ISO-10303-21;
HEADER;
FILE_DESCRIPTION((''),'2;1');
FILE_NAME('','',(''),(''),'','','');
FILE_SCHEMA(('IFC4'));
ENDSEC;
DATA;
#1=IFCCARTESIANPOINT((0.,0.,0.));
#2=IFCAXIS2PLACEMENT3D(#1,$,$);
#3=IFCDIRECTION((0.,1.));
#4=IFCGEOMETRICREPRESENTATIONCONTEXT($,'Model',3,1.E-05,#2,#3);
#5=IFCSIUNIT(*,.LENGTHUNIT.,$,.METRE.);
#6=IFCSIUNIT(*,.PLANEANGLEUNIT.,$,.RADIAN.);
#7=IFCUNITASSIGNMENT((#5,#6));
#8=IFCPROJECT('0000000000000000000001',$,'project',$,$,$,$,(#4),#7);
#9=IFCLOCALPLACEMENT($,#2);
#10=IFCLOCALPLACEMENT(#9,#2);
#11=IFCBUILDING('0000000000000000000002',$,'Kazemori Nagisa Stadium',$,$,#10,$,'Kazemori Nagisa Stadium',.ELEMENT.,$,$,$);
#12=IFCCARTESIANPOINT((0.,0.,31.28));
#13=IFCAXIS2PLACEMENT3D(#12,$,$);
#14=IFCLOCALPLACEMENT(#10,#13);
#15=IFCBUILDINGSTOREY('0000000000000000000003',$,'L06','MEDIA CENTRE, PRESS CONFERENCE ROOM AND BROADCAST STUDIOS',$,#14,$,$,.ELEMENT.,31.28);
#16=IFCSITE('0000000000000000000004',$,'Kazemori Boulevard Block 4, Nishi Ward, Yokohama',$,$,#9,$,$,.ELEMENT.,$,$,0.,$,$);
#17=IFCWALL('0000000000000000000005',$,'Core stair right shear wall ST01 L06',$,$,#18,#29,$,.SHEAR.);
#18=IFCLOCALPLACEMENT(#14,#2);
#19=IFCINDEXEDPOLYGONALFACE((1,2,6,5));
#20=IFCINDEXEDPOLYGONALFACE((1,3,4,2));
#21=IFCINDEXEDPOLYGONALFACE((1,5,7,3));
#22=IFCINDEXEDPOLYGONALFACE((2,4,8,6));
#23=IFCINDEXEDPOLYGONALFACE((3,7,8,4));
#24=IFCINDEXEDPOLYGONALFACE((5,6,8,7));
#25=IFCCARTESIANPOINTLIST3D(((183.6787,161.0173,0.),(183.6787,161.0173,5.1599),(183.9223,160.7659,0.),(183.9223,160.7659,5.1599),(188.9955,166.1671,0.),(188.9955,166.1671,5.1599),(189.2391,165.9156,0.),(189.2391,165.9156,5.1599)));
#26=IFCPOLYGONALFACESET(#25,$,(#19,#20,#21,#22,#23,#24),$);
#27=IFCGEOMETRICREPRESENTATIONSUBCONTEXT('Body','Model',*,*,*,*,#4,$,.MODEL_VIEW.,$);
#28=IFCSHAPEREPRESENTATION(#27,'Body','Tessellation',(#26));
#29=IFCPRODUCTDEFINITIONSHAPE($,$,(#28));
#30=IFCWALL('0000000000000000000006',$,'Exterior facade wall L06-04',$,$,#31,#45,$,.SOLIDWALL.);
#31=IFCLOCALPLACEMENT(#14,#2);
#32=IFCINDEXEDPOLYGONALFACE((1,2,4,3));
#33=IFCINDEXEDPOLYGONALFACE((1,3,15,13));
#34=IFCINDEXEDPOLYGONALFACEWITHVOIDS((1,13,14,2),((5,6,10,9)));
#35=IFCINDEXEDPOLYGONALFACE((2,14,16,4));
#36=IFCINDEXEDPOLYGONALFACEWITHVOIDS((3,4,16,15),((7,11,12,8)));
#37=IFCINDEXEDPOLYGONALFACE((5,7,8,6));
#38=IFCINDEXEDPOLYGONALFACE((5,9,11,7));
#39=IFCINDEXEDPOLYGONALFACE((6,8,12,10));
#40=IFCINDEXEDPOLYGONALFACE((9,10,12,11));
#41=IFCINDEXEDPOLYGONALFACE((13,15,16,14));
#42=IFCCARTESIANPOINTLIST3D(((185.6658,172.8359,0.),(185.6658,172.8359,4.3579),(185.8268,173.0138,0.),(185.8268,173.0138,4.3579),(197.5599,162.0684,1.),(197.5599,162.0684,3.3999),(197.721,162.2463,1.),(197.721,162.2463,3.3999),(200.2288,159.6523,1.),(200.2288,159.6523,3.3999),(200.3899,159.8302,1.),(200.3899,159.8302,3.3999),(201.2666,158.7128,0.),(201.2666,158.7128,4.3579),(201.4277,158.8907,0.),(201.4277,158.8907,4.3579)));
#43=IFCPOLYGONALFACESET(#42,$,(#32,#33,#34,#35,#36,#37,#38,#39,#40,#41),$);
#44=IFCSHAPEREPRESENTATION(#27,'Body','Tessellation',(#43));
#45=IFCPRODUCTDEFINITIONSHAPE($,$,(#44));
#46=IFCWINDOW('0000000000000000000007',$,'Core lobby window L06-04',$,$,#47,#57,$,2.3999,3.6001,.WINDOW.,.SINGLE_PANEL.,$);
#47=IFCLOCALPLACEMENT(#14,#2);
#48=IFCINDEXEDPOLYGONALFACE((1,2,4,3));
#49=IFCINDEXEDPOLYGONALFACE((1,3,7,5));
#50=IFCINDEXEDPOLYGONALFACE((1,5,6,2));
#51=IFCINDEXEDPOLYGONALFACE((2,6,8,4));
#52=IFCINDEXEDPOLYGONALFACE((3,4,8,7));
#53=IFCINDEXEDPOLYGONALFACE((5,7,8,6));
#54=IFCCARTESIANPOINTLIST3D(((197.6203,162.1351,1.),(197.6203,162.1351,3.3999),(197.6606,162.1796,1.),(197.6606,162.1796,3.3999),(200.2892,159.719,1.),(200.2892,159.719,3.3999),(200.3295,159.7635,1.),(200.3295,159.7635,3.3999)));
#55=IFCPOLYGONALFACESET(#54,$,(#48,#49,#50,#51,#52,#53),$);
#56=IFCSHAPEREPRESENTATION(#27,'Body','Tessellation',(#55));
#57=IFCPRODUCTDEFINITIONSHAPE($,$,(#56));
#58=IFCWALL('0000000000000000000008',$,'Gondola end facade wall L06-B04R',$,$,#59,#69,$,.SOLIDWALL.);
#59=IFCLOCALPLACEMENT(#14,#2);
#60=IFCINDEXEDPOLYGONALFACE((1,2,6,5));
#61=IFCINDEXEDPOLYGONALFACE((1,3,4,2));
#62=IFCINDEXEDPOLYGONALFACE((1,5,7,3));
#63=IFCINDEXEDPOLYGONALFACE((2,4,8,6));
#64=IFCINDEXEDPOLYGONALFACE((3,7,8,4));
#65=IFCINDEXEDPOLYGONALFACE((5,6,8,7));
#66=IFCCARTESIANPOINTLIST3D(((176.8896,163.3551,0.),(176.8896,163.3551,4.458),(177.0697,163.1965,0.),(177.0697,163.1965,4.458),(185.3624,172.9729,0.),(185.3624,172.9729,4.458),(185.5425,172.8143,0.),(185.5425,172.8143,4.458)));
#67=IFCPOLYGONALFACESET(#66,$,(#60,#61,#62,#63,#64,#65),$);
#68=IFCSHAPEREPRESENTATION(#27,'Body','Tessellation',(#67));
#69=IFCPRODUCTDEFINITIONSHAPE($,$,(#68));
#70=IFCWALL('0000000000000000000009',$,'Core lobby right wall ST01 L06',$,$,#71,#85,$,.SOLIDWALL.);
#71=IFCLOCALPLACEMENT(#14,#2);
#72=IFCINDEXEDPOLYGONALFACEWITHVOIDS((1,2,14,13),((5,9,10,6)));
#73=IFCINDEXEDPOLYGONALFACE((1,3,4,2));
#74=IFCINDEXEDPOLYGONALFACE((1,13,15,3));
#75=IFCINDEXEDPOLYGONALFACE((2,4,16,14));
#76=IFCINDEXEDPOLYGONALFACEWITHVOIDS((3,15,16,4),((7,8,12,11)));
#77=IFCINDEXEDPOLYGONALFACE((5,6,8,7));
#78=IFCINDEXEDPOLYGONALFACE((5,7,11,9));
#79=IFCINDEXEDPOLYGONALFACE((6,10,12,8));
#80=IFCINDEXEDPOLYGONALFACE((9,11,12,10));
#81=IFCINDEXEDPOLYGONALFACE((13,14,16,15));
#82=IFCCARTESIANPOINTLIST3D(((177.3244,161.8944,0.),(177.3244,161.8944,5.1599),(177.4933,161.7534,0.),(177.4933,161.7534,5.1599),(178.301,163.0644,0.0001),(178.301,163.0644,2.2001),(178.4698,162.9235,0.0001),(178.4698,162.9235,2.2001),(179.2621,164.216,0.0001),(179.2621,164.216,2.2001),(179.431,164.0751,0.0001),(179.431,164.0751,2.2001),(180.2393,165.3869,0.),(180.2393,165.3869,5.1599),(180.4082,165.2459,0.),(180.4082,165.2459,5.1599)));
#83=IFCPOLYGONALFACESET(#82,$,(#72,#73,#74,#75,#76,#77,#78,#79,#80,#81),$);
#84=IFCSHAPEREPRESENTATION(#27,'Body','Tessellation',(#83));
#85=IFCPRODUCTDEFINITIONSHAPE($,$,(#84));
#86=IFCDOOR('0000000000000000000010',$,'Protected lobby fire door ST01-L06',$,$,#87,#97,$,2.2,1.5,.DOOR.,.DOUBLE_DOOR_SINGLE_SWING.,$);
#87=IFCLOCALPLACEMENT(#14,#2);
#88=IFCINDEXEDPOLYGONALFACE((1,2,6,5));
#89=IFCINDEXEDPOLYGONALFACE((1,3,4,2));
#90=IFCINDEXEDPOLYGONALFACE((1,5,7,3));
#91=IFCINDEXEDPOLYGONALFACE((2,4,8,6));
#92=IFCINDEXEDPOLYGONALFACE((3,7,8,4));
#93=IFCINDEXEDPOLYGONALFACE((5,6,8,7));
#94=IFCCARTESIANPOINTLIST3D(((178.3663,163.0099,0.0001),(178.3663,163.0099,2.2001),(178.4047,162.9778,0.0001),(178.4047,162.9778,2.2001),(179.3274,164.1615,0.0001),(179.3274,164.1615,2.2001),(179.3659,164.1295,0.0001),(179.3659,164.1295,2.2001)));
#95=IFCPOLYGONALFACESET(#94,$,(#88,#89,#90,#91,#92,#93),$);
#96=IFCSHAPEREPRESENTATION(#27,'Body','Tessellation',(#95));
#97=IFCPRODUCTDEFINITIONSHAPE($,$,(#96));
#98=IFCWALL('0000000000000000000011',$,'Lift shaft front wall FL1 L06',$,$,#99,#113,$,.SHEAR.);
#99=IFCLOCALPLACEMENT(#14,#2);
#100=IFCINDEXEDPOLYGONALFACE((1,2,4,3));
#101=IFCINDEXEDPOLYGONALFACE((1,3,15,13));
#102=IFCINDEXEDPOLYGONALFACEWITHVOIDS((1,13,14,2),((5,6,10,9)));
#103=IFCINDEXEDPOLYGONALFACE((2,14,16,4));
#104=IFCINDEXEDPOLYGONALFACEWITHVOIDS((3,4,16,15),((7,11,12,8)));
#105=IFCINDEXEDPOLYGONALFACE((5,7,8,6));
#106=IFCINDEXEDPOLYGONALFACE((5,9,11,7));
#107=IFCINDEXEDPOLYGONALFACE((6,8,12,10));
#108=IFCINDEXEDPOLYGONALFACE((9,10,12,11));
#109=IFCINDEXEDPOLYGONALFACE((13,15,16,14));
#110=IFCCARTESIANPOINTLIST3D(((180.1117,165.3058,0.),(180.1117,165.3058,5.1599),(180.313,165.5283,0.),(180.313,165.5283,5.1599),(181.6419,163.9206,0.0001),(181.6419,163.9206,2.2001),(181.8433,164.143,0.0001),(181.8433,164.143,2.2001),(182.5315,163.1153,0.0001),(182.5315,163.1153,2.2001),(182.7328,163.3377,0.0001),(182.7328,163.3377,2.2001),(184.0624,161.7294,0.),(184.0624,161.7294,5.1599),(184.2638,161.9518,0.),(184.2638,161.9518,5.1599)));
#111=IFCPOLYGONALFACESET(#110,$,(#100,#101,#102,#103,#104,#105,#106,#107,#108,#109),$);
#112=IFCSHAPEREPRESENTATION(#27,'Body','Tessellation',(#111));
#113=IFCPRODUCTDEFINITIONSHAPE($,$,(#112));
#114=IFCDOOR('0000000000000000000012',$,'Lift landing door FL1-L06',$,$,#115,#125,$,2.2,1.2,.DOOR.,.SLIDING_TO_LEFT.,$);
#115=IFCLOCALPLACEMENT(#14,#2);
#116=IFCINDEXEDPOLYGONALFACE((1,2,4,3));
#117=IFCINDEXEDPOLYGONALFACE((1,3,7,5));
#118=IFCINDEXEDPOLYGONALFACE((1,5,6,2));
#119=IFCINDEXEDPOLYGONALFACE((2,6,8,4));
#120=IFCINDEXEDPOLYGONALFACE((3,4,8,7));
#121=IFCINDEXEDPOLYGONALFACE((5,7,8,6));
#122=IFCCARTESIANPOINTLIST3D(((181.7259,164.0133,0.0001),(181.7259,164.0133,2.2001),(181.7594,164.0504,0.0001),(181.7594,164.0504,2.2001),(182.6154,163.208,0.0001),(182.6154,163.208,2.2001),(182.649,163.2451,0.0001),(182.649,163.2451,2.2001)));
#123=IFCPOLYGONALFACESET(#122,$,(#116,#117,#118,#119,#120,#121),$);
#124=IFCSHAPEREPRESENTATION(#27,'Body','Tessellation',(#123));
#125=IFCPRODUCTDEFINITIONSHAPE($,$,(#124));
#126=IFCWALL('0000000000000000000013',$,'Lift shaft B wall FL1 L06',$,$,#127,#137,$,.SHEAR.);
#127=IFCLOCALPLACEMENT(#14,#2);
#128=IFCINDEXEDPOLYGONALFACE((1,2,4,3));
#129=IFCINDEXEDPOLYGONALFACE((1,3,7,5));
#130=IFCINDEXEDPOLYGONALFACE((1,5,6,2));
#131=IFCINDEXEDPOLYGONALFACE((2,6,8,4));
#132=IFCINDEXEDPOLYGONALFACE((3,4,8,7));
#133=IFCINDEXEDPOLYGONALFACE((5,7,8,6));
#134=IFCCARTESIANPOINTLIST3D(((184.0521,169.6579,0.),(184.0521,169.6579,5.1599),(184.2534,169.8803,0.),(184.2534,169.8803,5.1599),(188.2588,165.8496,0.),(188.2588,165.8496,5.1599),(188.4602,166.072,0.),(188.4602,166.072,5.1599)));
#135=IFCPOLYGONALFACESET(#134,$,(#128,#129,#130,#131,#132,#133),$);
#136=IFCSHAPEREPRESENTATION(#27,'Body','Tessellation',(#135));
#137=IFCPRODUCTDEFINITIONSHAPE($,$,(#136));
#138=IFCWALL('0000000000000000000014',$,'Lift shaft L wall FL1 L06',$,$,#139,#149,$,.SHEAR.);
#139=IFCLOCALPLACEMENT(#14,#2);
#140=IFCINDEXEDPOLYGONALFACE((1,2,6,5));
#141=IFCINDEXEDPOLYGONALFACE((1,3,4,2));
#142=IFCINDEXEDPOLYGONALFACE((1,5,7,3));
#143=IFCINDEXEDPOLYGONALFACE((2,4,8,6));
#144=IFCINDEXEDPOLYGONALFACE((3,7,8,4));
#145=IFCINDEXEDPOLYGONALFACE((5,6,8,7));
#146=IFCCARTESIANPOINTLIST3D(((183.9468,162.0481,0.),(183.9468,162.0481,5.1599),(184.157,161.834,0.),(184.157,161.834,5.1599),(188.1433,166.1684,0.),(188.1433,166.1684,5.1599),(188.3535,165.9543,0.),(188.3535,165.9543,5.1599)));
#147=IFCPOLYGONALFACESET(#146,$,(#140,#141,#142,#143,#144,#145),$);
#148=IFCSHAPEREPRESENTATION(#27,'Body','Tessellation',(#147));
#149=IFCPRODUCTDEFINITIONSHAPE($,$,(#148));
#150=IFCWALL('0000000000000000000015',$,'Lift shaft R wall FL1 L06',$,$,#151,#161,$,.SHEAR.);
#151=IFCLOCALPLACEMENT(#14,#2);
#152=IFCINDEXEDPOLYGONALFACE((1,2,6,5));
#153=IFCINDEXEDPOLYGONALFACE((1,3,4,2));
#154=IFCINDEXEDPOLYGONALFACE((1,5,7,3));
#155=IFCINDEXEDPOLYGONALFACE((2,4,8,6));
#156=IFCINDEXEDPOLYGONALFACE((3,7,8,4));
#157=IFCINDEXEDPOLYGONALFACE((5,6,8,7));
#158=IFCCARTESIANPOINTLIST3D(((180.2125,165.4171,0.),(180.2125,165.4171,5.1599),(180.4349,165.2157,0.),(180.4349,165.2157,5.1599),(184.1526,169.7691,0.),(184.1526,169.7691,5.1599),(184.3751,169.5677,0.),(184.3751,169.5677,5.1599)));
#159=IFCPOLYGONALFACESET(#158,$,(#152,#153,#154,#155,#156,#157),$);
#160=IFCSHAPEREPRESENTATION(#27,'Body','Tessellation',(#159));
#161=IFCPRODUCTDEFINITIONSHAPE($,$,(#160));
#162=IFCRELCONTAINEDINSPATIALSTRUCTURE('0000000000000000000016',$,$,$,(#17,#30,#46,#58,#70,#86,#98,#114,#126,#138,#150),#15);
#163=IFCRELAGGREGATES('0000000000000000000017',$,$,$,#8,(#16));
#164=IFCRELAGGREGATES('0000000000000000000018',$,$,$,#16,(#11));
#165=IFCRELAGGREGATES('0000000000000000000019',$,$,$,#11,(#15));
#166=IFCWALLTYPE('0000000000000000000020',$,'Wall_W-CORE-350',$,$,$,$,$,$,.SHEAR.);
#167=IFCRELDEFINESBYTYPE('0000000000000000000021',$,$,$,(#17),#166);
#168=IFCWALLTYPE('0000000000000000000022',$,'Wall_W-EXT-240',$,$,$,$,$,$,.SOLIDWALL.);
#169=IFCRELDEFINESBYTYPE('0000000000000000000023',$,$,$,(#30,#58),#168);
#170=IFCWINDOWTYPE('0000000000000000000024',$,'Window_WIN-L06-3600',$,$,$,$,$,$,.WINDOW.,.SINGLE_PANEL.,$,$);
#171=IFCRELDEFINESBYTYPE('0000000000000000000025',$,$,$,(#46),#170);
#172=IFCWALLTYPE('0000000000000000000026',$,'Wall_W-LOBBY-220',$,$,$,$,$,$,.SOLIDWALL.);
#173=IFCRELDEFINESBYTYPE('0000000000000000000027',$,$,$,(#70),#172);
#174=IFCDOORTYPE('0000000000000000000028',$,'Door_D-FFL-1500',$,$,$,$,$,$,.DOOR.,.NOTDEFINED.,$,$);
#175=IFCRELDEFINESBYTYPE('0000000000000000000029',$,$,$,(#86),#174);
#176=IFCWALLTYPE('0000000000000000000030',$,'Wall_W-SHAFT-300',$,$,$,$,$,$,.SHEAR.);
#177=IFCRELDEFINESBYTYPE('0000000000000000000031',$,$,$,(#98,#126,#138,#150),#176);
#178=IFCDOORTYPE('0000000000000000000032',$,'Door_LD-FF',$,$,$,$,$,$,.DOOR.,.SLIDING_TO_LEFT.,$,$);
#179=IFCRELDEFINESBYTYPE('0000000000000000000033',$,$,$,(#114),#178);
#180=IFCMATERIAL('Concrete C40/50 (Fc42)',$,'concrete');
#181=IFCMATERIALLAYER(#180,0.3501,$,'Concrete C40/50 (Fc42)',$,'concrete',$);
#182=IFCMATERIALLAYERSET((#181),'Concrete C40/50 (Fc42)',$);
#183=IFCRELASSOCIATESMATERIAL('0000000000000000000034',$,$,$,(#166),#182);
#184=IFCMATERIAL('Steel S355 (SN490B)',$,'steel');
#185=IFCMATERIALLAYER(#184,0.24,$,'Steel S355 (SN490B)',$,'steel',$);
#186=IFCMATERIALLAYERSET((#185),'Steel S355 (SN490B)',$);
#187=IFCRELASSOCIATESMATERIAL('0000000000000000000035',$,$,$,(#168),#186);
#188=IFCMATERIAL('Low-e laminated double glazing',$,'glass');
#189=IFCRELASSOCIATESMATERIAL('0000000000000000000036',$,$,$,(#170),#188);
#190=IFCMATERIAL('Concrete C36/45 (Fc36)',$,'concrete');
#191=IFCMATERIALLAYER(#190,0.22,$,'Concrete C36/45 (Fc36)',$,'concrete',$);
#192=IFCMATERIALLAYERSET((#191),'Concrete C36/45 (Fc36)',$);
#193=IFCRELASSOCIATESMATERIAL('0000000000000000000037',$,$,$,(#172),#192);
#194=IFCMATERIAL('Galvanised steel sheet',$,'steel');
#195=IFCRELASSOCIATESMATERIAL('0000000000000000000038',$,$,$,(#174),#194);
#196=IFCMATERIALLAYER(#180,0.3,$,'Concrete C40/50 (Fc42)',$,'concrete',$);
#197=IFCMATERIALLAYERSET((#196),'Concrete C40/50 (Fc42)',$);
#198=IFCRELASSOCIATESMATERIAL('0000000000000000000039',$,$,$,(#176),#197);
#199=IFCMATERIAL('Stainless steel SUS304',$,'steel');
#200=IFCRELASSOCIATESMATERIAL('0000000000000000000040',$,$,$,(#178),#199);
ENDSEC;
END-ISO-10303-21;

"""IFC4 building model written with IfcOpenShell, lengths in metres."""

from ifc_helpers import new_model, si_unit, direction, frame, frame_2d, origin, place, context, subcontext, project, spatial, rectangle, extrude, material, layer, layer_set, type_object, element, fill, save


model = new_model("IFC4")

# Units and contexts
model_context = context("Model", 3, precision=1e-05, world=origin(), true_north=direction((0.0, 1.0)))
body_context = subcontext(model_context, "Body", "Model", "MODEL_VIEW")
ifc_project = project(units=[si_unit("LENGTHUNIT", "METRE"), si_unit("PLANEANGLEUNIT", "RADIAN")], contexts=[model_context])

# Site, building, storey
site_placement = place(None, origin())
site = spatial("IfcSite", under=ifc_project, at=site_placement, Name="Kazemori Boulevard Block 4, Nishi Ward, Yokohama", CompositionType="ELEMENT", RefElevation=0.0)
building_placement = place(site_placement, origin())
building = spatial("IfcBuilding", under=site, at=building_placement, Name="Kazemori Nagisa Stadium", LongName="Kazemori Nagisa Stadium", CompositionType="ELEMENT")
storey_placement = place(building_placement, frame((0.0, 0.0, 31.28)))
storey = spatial("IfcBuildingStorey", under=building, at=storey_placement, Name="L06", Description="MEDIA CENTRE, PRESS CONFERENCE ROOM AND BROADCAST STUDIOS", CompositionType="ELEMENT", Elevation=31.28)

# Shared definitions
ifc_material_1 = material(Name="Concrete C40/50 (Fc42)", Category="concrete")

# Wall
ifc_layer_1 = layer(ifc_material_1, 0.3501, Name="Concrete C40/50 (Fc42)", Category="concrete")
ifc_layer_set_1 = layer_set([ifc_layer_1], Name="Concrete C40/50 (Fc42)")
wall_type_1 = type_object("IfcWallType", Name="Wall_W-CORE-350", PredefinedType="SHEAR", material=ifc_layer_set_1)
wall_1_placement = place(storey_placement, frame((183.8005, 160.8916, 0.0), z_axis=(0.0, 0.0, 1.0), x_axis=(0.718297, 0.695736, 0.0)))
element("IfcWall", 1, at=wall_1_placement, inside=storey, type_object=wall_type_1, Name="Core stair right shear wall ST01 L06", PredefinedType="SHEAR", context=body_context, shape_type="SweptSolid", body=[
    extrude(rectangle(XDim=7.4019, YDim=0.3501, at=frame_2d((3.7009, 0.0))), origin(), (0.0, 0.0, 1.0), 5.1599),
])

# Wall, opening, window
ifc_material_2 = material(Name="Steel S355 (SN490B)", Category="steel")
ifc_layer_2 = layer(ifc_material_2, 0.24, Name="Steel S355 (SN490B)", Category="steel")
ifc_layer_set_2 = layer_set([ifc_layer_2], Name="Steel S355 (SN490B)")
wall_type_2 = type_object("IfcWallType", Name="Wall_W-EXT-240", PredefinedType="SOLIDWALL", material=ifc_layer_set_2)
wall_2_placement = place(storey_placement, frame((201.3472, 158.8018, 0.0), z_axis=(0.0, 0.0, 1.0), x_axis=(-0.741346, 0.671123, 0.0)))
wall_2 = element("IfcWall", 2, at=wall_2_placement, inside=storey, type_object=wall_type_2, Name="Exterior facade wall L06-04", PredefinedType="SOLIDWALL", context=body_context, shape_type="SweptSolid", body=[
    extrude(rectangle(XDim=21.0439, YDim=0.24, at=frame_2d((10.522, 0.0))), origin(), (0.0, 0.0, 1.0), 4.3579),
])
opening_1_placement = place(wall_2_placement, frame((1.3999, 0.0, 1.0)))
opening_1 = element("IfcOpeningElement", 3, at=opening_1_placement, cuts=wall_2, PredefinedType="OPENING", context=body_context, shape_type="SweptSolid", body=[
    extrude(rectangle(XDim=3.6001, YDim=2.3999, at=frame_2d((1.8, 1.2))), frame((0.0, 0.1299, 0.0), z_axis=(0.0, -1.0, 0.0), x_axis=(1.0, 0.0, 0.0)), (0.0, 0.0, 1.0), 0.26),
])
ifc_material_3 = material(Name="Low-e laminated double glazing", Category="glass")
window_type = type_object("IfcWindowType", Name="Window_WIN-L06-3600", PartitioningType="SINGLE_PANEL", PredefinedType="WINDOW", material=ifc_material_3)
window_placement = place(opening_1_placement, origin())
window = element("IfcWindow", 4, at=window_placement, inside=storey, type_object=window_type, Name="Core lobby window L06-04", OverallHeight=2.3999, OverallWidth=3.6001, PartitioningType="SINGLE_PANEL", PredefinedType="WINDOW", context=body_context, shape_type="SweptSolid", body=[
    extrude(rectangle(XDim=3.6001, YDim=2.3999, at=frame_2d((1.8, 1.2))), frame((0.0, 0.03, 0.0), z_axis=(0.0, -1.0, 0.0), x_axis=(1.0, 0.0, 0.0)), (0.0, 0.0, 1.0), 0.0601),
])
fill(opening_1, window)

# Wall
wall_3_placement = place(storey_placement, frame((176.9797, 163.2759, 0.0), z_axis=(0.0, 0.0, 1.0), x_axis=(0.661029, 0.75036, 0.0)))
element("IfcWall", 5, at=wall_3_placement, inside=storey, type_object=wall_type_2, Name="Gondola end facade wall L06-B04R", PredefinedType="SOLIDWALL", context=body_context, shape_type="SweptSolid", body=[
    extrude(rectangle(XDim=12.8176, YDim=0.24, at=frame_2d((6.4087, 0.0))), origin(), (0.0, 0.0, 1.0), 4.458),
])

# Walls, openings, doors
ifc_material_4 = material(Name="Concrete C36/45 (Fc36)", Category="concrete")
ifc_layer_3 = layer(ifc_material_4, 0.22, Name="Concrete C36/45 (Fc36)", Category="concrete")
ifc_layer_set_3 = layer_set([ifc_layer_3], Name="Concrete C36/45 (Fc36)")
wall_type_3 = type_object("IfcWallType", Name="Wall_W-LOBBY-220", PredefinedType="SOLIDWALL", material=ifc_layer_set_3)
wall_4_placement = place(storey_placement, frame((177.4089, 161.824, 0.0), z_axis=(0.0, 0.0, 1.0), x_axis=(0.64076, 0.767742, 0.0)))
wall_4 = element("IfcWall", 6, at=wall_4_placement, inside=storey, type_object=wall_type_3, Name="Core lobby right wall ST01 L06", PredefinedType="SOLIDWALL", context=body_context, shape_type="SweptSolid", body=[
    extrude(rectangle(XDim=4.5491, YDim=0.22, at=frame_2d((2.2744, 0.0))), origin(), (0.0, 0.0, 1.0), 5.1599),
])
opening_2_placement = place(wall_4_placement, frame((1.5239, 0.0, 0.0)))
opening_2 = element("IfcOpeningElement", 7, at=opening_2_placement, cuts=wall_4, PredefinedType="OPENING", context=body_context, shape_type="SweptSolid", body=[
    extrude(rectangle(XDim=1.5, YDim=2.2, at=frame_2d((0.75, 1.1001))), frame((0.0, 0.1199, 0.0), z_axis=(0.0, -1.0, 0.0), x_axis=(1.0, 0.0, 0.0)), (0.0, 0.0, 1.0), 0.24),
])
ifc_material_5 = material(Name="Galvanised steel sheet", Category="steel")
door_type_1 = type_object("IfcDoorType", Name="Door_D-FFL-1500", OperationType="NOTDEFINED", PredefinedType="DOOR", material=ifc_material_5)
door_1_placement = place(opening_2_placement, origin())
door_1 = element("IfcDoor", 8, at=door_1_placement, inside=storey, type_object=door_type_1, Name="Protected lobby fire door ST01-L06", OperationType="DOUBLE_DOOR_SINGLE_SWING", OverallHeight=2.2, OverallWidth=1.5, PredefinedType="DOOR", context=body_context, shape_type="SweptSolid", body=[
    extrude(rectangle(XDim=1.5, YDim=2.2, at=frame_2d((0.75, 1.1001))), frame((0.0, 0.0249, 0.0), z_axis=(0.0, -1.0, 0.0), x_axis=(1.0, 0.0, 0.0)), (0.0, 0.0, 1.0), 0.05),
])
fill(opening_2, door_1)
ifc_layer_4 = layer(ifc_material_1, 0.3, Name="Concrete C40/50 (Fc42)", Category="concrete")
ifc_layer_set_4 = layer_set([ifc_layer_4], Name="Concrete C40/50 (Fc42)")
wall_type_4 = type_object("IfcWallType", Name="Wall_W-SHAFT-300", PredefinedType="SHEAR", material=ifc_layer_set_4)
wall_5_placement = place(storey_placement, frame((184.1631, 161.8406, 0.0), z_axis=(0.0, 0.0, 1.0), x_axis=(-0.74135, 0.671118, 0.0)))
wall_5 = element("IfcWall", 9, at=wall_5_placement, inside=storey, type_object=wall_type_4, Name="Lift shaft front wall FL1 L06", PredefinedType="SHEAR", context=body_context, shape_type="SweptSolid", body=[
    extrude(rectangle(XDim=5.3291, YDim=0.3, at=frame_2d((2.6646, 0.0))), origin(), (0.0, 0.0, 1.0), 5.1599),
])
opening_3_placement = place(wall_5_placement, frame((2.0649, 0.0, 0.0)))
opening_3 = element("IfcOpeningElement", 10, at=opening_3_placement, cuts=wall_5, PredefinedType="OPENING", context=body_context, shape_type="SweptSolid", body=[
    extrude(rectangle(XDim=1.2, YDim=2.2, at=frame_2d((0.6001, 1.1001))), frame((0.0, 0.1599, 0.0), z_axis=(0.0, -1.0, 0.0), x_axis=(1.0, 0.0, 0.0)), (0.0, 0.0, 1.0), 0.3201),
])
ifc_material_6 = material(Name="Stainless steel SUS304", Category="steel")
door_type_2 = type_object("IfcDoorType", Name="Door_LD-FF", OperationType="SLIDING_TO_LEFT", PredefinedType="DOOR", material=ifc_material_6)
door_2_placement = place(opening_3_placement, origin())
door_2 = element("IfcDoor", 11, at=door_2_placement, inside=storey, type_object=door_type_2, Name="Lift landing door FL1-L06", OperationType="SLIDING_TO_LEFT", OverallHeight=2.2, OverallWidth=1.2, PredefinedType="DOOR", context=body_context, shape_type="SweptSolid", body=[
    extrude(rectangle(XDim=1.2, YDim=2.2, at=frame_2d((0.6001, 1.1001))), frame((0.0, 0.0249, 0.0), z_axis=(0.0, -1.0, 0.0), x_axis=(1.0, 0.0, 0.0)), (0.0, 0.0, 1.0), 0.05),
])
fill(opening_3, door_2)

# Walls
wall_6_placement = place(storey_placement, frame((188.3596, 165.9607, 0.0), z_axis=(0.0, 0.0, 1.0), x_axis=(-0.741342, 0.671127, 0.0)))
element("IfcWall", 12, at=wall_6_placement, inside=storey, type_object=wall_type_4, Name="Lift shaft B wall FL1 L06", PredefinedType="SHEAR", context=body_context, shape_type="SweptSolid", body=[
    extrude(rectangle(XDim=5.6746, YDim=0.3, at=frame_2d((2.8374, 0.0))), origin(), (0.0, 0.0, 1.0), 5.1599),
])
wall_7_placement = place(storey_placement, frame((184.052, 161.9412, 0.0), z_axis=(0.0, 0.0, 1.0), x_axis=(0.713553, 0.700601, 0.0)))
element("IfcWall", 13, at=wall_7_placement, inside=storey, type_object=wall_type_4, Name="Lift shaft L wall FL1 L06", PredefinedType="SHEAR", context=body_context, shape_type="SweptSolid", body=[
    extrude(rectangle(XDim=5.8811, YDim=0.3, at=frame_2d((2.9404, 0.0))), origin(), (0.0, 0.0, 1.0), 5.1599),
])
wall_8_placement = place(storey_placement, frame((180.3237, 165.3164, 0.0), z_axis=(0.0, 0.0, 1.0), x_axis=(0.671158, 0.741314, 0.0)))
element("IfcWall", 14, at=wall_8_placement, inside=storey, type_object=wall_type_4, Name="Lift shaft R wall FL1 L06", PredefinedType="SHEAR", context=body_context, shape_type="SweptSolid", body=[
    extrude(rectangle(XDim=5.8706, YDim=0.3, at=frame_2d((2.9353, 0.0))), origin(), (0.0, 0.0, 1.0), 5.1599),
])

save(model, "model.ifc")
